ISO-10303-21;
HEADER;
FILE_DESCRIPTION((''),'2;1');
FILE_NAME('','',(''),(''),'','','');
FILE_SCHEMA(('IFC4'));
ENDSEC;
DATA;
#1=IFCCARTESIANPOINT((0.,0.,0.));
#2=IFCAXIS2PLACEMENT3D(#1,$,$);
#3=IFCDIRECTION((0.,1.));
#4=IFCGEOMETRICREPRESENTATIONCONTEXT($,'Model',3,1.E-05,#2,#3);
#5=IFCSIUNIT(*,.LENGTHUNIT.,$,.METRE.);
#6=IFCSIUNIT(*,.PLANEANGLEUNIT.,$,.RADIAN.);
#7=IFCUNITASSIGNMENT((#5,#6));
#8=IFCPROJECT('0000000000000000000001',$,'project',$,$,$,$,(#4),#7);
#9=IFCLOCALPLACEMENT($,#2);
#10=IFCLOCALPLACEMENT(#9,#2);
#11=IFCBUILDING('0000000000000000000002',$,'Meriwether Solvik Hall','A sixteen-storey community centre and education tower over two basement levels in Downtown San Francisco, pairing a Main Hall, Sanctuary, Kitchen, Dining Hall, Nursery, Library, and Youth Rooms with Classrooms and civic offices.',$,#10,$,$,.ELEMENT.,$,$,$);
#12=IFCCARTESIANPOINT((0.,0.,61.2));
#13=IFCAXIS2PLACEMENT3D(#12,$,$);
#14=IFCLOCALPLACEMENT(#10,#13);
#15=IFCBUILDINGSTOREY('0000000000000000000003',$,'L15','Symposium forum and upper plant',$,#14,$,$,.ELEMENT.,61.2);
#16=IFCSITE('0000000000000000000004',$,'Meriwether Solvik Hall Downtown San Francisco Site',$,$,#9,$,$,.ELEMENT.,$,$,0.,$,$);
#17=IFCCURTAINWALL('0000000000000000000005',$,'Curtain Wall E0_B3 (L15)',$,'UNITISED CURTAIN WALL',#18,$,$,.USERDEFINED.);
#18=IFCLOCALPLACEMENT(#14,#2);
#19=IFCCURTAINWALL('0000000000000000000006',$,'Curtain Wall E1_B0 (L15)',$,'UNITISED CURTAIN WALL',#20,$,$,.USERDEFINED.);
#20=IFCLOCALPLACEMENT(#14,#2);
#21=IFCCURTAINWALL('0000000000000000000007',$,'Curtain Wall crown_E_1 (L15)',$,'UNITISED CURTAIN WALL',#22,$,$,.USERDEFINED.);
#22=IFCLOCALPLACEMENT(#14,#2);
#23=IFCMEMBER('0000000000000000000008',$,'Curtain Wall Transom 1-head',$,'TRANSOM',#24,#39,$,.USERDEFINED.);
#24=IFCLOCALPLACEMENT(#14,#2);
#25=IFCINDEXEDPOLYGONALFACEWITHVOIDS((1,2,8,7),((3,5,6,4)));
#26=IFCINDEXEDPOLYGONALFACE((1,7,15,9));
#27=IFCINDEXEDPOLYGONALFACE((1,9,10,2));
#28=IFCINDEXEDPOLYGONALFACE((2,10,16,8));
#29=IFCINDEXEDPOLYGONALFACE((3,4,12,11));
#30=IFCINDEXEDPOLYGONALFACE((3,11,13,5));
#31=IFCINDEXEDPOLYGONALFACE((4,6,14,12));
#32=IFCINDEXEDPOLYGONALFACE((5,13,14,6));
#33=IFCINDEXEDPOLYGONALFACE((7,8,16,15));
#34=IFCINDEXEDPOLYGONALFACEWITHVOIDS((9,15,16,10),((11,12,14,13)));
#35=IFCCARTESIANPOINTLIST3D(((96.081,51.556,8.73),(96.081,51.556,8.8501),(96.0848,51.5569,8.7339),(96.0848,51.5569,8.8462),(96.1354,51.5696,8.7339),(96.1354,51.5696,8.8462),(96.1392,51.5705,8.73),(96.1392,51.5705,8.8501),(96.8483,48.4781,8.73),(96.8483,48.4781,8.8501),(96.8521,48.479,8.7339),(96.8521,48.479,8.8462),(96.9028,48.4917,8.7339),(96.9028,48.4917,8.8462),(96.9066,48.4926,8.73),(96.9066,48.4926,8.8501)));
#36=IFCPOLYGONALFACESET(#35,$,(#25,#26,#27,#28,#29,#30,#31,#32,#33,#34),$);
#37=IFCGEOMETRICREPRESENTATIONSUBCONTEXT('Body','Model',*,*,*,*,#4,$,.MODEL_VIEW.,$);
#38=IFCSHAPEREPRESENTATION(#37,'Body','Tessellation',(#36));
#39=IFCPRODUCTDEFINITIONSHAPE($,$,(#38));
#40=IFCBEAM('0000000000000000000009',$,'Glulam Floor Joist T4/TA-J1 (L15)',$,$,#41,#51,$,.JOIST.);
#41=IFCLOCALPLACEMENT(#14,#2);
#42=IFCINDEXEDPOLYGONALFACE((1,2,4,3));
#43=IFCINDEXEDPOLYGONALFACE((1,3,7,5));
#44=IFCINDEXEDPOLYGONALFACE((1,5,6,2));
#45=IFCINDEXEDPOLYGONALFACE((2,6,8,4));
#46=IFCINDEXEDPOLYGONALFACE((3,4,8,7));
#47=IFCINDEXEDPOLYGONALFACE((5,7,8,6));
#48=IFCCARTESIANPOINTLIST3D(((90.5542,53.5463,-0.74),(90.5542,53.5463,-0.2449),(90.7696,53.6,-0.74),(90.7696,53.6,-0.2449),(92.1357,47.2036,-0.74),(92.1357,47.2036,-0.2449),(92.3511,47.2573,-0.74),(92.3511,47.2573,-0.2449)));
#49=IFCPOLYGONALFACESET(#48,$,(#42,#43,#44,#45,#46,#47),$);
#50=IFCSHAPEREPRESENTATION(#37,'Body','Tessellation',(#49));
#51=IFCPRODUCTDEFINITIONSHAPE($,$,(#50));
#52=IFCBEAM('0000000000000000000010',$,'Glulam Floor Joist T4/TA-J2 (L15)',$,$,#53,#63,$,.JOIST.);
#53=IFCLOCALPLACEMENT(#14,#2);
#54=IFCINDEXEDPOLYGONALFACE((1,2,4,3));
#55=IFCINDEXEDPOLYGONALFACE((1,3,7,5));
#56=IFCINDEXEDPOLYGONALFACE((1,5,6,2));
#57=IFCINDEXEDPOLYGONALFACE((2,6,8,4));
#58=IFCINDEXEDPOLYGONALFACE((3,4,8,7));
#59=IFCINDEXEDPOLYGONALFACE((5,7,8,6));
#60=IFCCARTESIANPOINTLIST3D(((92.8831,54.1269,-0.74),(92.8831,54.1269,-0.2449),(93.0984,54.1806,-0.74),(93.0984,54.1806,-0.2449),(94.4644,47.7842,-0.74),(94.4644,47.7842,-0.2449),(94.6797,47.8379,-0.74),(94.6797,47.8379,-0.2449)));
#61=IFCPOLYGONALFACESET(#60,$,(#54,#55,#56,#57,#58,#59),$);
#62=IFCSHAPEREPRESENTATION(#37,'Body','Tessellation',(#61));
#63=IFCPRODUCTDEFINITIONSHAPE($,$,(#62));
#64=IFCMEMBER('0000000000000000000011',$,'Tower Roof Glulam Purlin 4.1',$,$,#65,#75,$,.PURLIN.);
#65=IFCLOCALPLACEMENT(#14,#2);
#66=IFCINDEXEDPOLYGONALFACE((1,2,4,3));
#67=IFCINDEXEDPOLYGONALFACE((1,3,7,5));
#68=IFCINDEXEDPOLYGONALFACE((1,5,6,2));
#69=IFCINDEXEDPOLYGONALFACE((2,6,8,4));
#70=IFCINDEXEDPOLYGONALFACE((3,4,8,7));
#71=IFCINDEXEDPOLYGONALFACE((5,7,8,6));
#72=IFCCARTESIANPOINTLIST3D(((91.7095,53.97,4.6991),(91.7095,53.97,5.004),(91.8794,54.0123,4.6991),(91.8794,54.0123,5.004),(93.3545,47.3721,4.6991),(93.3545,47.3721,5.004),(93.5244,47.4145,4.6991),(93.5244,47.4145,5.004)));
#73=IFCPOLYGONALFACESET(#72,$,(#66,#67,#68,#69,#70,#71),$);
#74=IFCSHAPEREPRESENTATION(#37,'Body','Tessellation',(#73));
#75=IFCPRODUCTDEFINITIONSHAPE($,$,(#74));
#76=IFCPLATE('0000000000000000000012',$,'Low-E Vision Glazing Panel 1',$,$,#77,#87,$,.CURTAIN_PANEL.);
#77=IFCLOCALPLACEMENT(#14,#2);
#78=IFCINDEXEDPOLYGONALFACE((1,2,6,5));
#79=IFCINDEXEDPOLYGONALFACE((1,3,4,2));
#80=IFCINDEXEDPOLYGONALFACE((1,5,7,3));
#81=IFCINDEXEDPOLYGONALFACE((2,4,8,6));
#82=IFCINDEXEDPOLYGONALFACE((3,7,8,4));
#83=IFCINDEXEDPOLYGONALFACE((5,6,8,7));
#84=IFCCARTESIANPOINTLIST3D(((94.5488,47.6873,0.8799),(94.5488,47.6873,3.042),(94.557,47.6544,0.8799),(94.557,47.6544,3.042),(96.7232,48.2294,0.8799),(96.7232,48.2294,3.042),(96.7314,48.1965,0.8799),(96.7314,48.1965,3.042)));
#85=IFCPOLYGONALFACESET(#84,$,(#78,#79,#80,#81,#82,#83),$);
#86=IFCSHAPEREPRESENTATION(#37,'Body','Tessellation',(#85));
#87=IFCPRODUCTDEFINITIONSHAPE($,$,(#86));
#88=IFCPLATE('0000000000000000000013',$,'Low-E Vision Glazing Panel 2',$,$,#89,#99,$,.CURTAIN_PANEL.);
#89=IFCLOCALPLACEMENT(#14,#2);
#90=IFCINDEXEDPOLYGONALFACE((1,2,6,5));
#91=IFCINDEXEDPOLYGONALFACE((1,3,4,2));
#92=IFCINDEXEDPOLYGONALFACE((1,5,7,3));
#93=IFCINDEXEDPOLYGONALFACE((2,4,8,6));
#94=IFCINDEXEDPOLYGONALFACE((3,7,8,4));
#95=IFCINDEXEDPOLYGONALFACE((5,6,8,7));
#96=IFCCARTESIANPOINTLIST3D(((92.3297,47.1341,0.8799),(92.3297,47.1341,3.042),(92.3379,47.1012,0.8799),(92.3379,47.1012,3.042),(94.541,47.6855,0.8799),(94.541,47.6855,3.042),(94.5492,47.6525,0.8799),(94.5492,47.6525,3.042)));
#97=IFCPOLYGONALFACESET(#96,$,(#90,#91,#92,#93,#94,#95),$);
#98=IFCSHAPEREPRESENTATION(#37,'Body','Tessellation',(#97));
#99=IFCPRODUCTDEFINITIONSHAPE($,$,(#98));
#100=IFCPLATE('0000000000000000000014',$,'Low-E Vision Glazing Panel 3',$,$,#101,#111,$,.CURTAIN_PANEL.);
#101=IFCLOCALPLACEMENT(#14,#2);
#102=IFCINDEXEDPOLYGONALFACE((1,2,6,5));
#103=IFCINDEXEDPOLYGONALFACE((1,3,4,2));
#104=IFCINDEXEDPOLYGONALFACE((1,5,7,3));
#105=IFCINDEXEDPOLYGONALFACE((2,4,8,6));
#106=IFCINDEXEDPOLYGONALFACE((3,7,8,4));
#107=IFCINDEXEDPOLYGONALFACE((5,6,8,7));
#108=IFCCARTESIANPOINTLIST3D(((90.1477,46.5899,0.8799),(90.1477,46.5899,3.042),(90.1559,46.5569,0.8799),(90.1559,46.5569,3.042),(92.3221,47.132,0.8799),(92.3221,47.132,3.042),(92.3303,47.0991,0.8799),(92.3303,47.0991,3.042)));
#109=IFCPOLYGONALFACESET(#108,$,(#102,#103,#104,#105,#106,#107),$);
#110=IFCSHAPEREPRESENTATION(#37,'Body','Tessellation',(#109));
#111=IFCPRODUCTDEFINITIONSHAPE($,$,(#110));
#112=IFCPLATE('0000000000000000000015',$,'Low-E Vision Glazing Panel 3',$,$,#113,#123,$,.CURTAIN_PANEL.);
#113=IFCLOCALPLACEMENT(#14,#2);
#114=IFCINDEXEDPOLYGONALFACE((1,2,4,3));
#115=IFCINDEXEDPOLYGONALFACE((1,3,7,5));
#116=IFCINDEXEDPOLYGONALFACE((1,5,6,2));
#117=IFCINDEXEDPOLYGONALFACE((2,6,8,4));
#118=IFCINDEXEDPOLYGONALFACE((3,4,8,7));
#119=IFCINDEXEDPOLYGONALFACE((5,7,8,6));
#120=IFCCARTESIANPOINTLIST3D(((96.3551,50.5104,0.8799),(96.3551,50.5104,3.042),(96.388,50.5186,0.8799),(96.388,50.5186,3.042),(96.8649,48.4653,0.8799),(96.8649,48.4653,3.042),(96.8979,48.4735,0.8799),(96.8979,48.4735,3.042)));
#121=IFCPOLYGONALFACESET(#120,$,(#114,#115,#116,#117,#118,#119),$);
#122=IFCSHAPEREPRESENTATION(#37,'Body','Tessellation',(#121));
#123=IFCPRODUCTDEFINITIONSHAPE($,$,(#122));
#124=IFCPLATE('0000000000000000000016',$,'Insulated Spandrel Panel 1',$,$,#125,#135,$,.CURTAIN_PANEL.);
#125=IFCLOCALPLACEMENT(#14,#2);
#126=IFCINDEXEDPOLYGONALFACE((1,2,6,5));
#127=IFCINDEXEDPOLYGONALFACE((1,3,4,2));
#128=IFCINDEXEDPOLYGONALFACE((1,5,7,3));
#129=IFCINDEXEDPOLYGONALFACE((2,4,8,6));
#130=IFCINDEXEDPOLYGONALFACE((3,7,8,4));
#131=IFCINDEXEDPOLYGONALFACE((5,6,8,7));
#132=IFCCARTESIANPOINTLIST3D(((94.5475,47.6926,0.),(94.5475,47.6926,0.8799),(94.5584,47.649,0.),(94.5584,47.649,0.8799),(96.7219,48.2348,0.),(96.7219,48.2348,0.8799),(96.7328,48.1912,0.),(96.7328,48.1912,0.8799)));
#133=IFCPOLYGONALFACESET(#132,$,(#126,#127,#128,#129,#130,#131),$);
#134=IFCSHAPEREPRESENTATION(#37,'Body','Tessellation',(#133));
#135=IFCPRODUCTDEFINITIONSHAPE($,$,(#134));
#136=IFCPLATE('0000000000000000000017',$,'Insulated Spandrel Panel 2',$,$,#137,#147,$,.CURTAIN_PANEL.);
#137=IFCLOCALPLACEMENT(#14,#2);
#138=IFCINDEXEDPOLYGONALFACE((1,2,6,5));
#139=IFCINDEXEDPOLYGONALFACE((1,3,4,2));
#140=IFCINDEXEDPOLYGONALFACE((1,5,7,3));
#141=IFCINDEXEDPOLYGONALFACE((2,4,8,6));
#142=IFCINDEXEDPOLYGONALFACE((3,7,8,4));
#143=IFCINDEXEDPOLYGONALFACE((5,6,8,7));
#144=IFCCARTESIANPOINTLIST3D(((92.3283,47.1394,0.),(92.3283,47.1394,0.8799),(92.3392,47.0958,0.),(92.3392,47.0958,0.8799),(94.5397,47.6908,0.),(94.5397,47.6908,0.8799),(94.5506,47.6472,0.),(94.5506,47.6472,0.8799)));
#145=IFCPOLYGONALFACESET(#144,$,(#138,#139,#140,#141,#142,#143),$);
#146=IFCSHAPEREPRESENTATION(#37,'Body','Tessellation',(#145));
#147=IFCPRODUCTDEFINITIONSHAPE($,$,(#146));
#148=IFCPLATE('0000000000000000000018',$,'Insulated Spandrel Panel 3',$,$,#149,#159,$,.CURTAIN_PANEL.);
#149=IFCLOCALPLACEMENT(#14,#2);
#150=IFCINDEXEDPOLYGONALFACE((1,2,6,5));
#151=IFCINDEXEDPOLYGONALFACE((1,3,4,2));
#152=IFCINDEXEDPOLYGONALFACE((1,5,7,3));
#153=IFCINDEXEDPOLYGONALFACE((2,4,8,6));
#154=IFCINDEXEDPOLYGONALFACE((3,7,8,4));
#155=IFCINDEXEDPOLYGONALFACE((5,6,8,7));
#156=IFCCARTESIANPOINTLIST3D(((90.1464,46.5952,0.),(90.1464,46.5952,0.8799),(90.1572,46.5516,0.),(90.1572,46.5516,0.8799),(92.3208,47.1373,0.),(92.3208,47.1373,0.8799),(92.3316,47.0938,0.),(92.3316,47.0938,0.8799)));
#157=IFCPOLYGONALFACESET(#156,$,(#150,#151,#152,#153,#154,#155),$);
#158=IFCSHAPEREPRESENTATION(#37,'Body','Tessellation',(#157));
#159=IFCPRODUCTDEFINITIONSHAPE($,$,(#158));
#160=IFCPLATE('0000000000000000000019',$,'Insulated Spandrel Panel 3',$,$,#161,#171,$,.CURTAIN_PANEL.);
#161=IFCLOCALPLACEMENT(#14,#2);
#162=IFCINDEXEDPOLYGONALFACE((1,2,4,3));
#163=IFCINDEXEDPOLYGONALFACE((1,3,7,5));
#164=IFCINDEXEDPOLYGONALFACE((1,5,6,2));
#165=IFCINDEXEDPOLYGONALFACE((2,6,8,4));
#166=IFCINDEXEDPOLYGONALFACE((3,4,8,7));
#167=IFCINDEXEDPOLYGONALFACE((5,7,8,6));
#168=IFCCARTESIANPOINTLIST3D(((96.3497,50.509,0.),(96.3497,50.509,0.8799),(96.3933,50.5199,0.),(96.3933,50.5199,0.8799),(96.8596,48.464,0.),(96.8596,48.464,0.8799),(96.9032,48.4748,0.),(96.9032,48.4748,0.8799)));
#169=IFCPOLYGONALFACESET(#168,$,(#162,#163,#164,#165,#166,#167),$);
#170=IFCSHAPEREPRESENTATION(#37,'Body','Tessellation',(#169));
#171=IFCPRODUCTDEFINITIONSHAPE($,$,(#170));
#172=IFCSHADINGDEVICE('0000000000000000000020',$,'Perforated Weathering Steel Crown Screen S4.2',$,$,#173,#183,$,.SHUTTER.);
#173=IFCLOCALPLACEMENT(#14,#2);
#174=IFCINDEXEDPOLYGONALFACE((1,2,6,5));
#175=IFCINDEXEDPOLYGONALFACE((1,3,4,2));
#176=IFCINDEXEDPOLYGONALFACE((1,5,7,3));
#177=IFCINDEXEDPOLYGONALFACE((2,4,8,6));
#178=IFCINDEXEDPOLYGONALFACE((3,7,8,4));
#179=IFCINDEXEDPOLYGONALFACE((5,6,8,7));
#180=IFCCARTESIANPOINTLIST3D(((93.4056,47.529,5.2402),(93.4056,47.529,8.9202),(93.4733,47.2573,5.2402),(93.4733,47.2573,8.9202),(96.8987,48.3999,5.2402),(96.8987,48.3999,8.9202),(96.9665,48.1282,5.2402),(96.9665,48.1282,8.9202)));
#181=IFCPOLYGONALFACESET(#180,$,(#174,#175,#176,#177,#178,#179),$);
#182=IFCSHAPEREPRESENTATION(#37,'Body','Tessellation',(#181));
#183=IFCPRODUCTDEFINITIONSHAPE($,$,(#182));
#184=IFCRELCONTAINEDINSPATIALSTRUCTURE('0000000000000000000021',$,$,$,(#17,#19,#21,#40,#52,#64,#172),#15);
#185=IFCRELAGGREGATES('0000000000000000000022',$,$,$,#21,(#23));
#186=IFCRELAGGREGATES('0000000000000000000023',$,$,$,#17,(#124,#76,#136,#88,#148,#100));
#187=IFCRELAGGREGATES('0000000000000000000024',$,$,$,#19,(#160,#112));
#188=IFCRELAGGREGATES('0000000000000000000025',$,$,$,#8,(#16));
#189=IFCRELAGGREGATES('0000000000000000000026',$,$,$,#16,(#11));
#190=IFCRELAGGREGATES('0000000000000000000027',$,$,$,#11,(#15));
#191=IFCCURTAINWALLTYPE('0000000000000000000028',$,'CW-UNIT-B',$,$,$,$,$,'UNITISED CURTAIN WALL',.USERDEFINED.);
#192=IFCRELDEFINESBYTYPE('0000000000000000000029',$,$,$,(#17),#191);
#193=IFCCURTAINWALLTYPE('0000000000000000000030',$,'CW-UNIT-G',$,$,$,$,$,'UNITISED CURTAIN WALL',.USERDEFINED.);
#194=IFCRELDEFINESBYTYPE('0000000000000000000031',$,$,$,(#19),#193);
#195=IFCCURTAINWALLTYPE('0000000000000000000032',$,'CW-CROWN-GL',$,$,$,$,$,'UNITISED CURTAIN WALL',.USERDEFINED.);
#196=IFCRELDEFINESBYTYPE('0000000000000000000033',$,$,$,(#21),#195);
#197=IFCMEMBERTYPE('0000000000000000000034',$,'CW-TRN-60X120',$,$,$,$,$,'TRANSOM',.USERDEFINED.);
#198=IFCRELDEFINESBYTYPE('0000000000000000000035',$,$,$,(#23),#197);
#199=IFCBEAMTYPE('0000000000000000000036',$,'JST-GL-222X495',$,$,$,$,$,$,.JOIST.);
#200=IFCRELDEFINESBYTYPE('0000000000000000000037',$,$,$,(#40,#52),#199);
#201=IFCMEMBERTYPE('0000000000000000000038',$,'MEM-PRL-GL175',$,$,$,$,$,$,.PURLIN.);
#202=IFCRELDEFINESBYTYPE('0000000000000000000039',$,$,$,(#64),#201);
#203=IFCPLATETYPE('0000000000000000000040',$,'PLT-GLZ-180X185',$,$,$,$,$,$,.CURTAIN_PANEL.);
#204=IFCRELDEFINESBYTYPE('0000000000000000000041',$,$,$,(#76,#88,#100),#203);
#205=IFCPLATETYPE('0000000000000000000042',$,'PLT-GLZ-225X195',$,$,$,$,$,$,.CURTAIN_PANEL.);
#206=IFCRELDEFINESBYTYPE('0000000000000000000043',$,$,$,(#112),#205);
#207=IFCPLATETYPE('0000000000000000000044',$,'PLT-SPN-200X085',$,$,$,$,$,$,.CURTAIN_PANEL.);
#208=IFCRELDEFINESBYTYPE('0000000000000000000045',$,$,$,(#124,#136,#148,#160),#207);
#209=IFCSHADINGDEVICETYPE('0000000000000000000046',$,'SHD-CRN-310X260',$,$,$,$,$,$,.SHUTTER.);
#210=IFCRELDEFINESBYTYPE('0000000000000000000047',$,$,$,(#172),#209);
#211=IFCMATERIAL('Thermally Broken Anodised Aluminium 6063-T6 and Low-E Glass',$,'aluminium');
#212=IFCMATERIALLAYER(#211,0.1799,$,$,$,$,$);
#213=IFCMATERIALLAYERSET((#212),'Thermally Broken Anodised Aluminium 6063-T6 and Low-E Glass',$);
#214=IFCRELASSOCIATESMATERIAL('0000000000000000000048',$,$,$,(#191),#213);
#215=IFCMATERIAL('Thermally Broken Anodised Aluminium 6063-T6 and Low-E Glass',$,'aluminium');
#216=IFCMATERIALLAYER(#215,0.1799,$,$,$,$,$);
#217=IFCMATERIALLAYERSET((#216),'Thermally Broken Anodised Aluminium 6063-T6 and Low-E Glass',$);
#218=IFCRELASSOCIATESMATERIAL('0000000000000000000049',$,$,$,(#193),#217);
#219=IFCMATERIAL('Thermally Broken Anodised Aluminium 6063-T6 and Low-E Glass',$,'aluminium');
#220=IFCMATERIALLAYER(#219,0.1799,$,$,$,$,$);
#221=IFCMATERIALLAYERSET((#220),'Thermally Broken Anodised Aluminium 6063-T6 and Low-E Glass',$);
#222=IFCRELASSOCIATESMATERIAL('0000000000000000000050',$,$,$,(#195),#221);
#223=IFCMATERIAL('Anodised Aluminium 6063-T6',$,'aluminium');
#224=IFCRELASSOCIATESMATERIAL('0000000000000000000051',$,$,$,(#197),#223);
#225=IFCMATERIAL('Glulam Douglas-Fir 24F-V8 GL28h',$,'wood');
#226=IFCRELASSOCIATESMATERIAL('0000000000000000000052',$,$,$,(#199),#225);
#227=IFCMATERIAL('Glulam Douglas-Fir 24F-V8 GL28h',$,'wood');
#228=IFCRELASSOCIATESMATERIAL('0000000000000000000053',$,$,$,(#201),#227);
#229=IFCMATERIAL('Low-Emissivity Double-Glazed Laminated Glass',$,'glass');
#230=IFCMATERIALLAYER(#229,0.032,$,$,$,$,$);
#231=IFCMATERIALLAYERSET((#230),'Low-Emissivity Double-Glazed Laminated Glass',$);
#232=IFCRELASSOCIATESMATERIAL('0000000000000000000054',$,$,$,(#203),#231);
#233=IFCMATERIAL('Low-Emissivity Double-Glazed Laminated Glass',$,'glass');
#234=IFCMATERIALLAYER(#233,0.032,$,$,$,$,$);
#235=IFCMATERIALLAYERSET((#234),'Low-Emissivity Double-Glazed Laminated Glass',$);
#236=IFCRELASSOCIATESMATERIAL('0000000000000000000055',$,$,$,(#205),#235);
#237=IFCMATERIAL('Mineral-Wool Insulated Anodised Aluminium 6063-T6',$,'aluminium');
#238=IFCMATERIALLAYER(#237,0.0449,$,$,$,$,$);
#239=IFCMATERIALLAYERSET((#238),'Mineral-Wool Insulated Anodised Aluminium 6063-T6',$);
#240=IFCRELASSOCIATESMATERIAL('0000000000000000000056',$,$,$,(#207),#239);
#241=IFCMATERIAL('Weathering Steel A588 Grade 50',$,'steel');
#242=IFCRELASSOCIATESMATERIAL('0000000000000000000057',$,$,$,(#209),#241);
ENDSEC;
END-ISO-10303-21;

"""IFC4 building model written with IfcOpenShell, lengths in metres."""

from ifc_helpers import new_model, si_unit, direction, frame, origin, origin_2d, place, context, subcontext, project, spatial, rectangle, hollow_rectangle, extrude, material, layer, layer_set, material_profile, profile_set, type_object, element, aggregate, save


model = new_model("IFC4")

# Units and contexts
model_context = context("Model", 3, precision=1e-05, world=origin(), true_north=direction((0.0, 1.0)))
body_context = subcontext(model_context, "Body", "Model", "MODEL_VIEW")
ifc_project = project(units=[si_unit("LENGTHUNIT", "METRE"), si_unit("PLANEANGLEUNIT", "RADIAN")], contexts=[model_context])

# Site, building, storey
site_placement = place(None, origin())
site = spatial("IfcSite", under=ifc_project, at=site_placement, Name="Meriwether Solvik Hall Downtown San Francisco Site", CompositionType="ELEMENT", RefElevation=0.0)
building_placement = place(site_placement, origin())
building = spatial("IfcBuilding", under=site, at=building_placement, Name="Meriwether Solvik Hall", Description="A sixteen-storey community centre and education tower over two basement levels in Downtown San Francisco, pairing a Main Hall, Sanctuary, Kitchen, Dining Hall, Nursery, Library, and Youth Rooms with Classrooms and civic offices.", CompositionType="ELEMENT")
storey_placement = place(building_placement, frame((0.0, 0.0, 61.2)))
storey = spatial("IfcBuildingStorey", under=building, at=storey_placement, Name="L15", Description="Symposium forum and upper plant", CompositionType="ELEMENT", Elevation=61.2)

# Curtain wall
ifc_material_1 = material(Name="Thermally Broken Anodised Aluminium 6063-T6 and Low-E Glass", Category="aluminium")
ifc_layer_1 = layer(ifc_material_1, 0.1799)
ifc_layer_set_1 = layer_set([ifc_layer_1], Name="Thermally Broken Anodised Aluminium 6063-T6 and Low-E Glass")
curtain_wall_type_1 = type_object("IfcCurtainWallType", Name="CW-UNIT-B", ElementType="UNITISED CURTAIN WALL", PredefinedType="USERDEFINED", material=ifc_layer_set_1)
curtain_wall_1_placement = place(storey_placement, origin())
curtain_wall_1 = element("IfcCurtainWall", 1, at=curtain_wall_1_placement, inside=storey, type_object=curtain_wall_type_1, Name="Curtain Wall E0_B3 (L15)", ObjectType="UNITISED CURTAIN WALL", PredefinedType="USERDEFINED")

# Curtain walls
ifc_material_2 = material(Name="Thermally Broken Anodised Aluminium 6063-T6 and Low-E Glass", Category="aluminium")
ifc_layer_2 = layer(ifc_material_2, 0.1799)
ifc_layer_set_2 = layer_set([ifc_layer_2], Name="Thermally Broken Anodised Aluminium 6063-T6 and Low-E Glass")
curtain_wall_type_2 = type_object("IfcCurtainWallType", Name="CW-UNIT-G", ElementType="UNITISED CURTAIN WALL", PredefinedType="USERDEFINED", material=ifc_layer_set_2)
curtain_wall_2_placement = place(storey_placement, origin())
curtain_wall_2 = element("IfcCurtainWall", 2, at=curtain_wall_2_placement, inside=storey, type_object=curtain_wall_type_2, Name="Curtain Wall E1_B0 (L15)", ObjectType="UNITISED CURTAIN WALL", PredefinedType="USERDEFINED")
ifc_material_3 = material(Name="Thermally Broken Anodised Aluminium 6063-T6 and Low-E Glass", Category="aluminium")
ifc_layer_3 = layer(ifc_material_3, 0.1799)
ifc_layer_set_3 = layer_set([ifc_layer_3], Name="Thermally Broken Anodised Aluminium 6063-T6 and Low-E Glass")
curtain_wall_type_3 = type_object("IfcCurtainWallType", Name="CW-CROWN-GL", ElementType="UNITISED CURTAIN WALL", PredefinedType="USERDEFINED", material=ifc_layer_set_3)
curtain_wall_3_placement = place(storey_placement, origin())
curtain_wall_3 = element("IfcCurtainWall", 3, at=curtain_wall_3_placement, inside=storey, type_object=curtain_wall_type_3, Name="Curtain Wall crown_E_1 (L15)", ObjectType="UNITISED CURTAIN WALL", PredefinedType="USERDEFINED")

# Member
ifc_material_4 = material(Name="Anodised Aluminium 6063-T6", Category="aluminium")
ifc_material_profile_1 = material_profile(ifc_material_4, hollow_rectangle(XDim=0.0601, YDim=0.1201, WallThickness=0.0039, at=origin_2d()), Name="CWT-60X120")
ifc_profile_set_1 = profile_set([ifc_material_profile_1], Name="Anodised Aluminium 6063-T6")
member_type_1 = type_object("IfcMemberType", Name="CW-TRN-60X120", ElementType="TRANSOM", PredefinedType="USERDEFINED", material=ifc_profile_set_1)
member_1_placement = place(storey_placement, frame((96.8774, 48.4854, 8.79), z_axis=(-0.241902, 0.970301, 0.0), x_axis=(-0.970301, -0.241902, 0.0)))
member_1 = element("IfcMember", 4, at=member_1_placement, type_object=member_type_1, Name="Curtain Wall Transom 1-head", ObjectType="TRANSOM", PredefinedType="USERDEFINED", context=body_context, shape_type="SweptSolid", body=[
    extrude(hollow_rectangle(XDim=0.0601, YDim=0.1201, WallThickness=0.0039, at=origin_2d()), origin(), (0.0, 0.0, 1.0), 3.1721),
])
aggregate(curtain_wall_3, [member_1])

# Beams
ifc_material_5 = material(Name="Glulam Douglas-Fir 24F-V8 GL28h", Category="wood")
ifc_material_profile_2 = material_profile(ifc_material_5, rectangle(XDim=0.2219, YDim=0.4951, at=origin_2d()), Name="GLJ-222X495")
ifc_profile_set_2 = profile_set([ifc_material_profile_2], Name="Glulam Douglas-Fir 24F-V8 GL28h")
beam_type_1 = type_object("IfcBeamType", Name="JST-GL-222X495", PredefinedType="JOIST", material=ifc_profile_set_2)
for number, where, z_axis, x_axis, name in (
    (5, (92.2434, 47.2305, -0.4924), (-0.241938, 0.970292, 0.0), (-0.970292, -0.241938, 0.0), "Glulam Floor Joist T4/TA-J1 (L15)"),
    (6, (94.572, 47.811, -0.4924), (-0.241903, 0.9703, 0.0), (-0.9703, -0.241903, 0.0), "Glulam Floor Joist T4/TA-J2 (L15)"),
):
    element("IfcBeam", number, at=place(storey_placement, frame(where, z_axis=z_axis, x_axis=x_axis)), inside=storey, type_object=beam_type_1, Name=name, PredefinedType="JOIST", context=body_context, shape_type="SweptSolid", body=[
        extrude(rectangle(XDim=0.2219, YDim=0.4951, at=origin_2d()), origin(), (0.0, 0.0, 1.0), 6.5369),
    ])

# Member
ifc_material_6 = material(Name="Glulam Douglas-Fir 24F-V8 GL28h", Category="wood")
ifc_material_profile_3 = material_profile(ifc_material_6, rectangle(XDim=0.175, YDim=0.3049, at=origin_2d()), Name="GLM-175X305")
ifc_profile_set_3 = profile_set([ifc_material_profile_3], Name="Glulam Douglas-Fir 24F-V8 GL28h")
member_type_2 = type_object("IfcMemberType", Name="MEM-PRL-GL175", PredefinedType="PURLIN", material=ifc_profile_set_3)
member_2_placement = place(storey_placement, frame((93.4395, 47.3933, 4.8516), z_axis=(-0.241919, 0.970296, 0.0), x_axis=(-0.970296, -0.241919, 0.0)))
element("IfcMember", 7, at=member_2_placement, inside=storey, type_object=member_type_2, Name="Tower Roof Glulam Purlin 4.1", PredefinedType="PURLIN", context=body_context, shape_type="SweptSolid", body=[
    extrude(rectangle(XDim=0.175, YDim=0.3049, at=origin_2d()), origin(), (0.0, 0.0, 1.0), 6.7998),
])

# Plates
ifc_material_7 = material(Name="Low-Emissivity Double-Glazed Laminated Glass", Category="glass")
ifc_layer_4 = layer(ifc_material_7, 0.032)
ifc_layer_set_4 = layer_set([ifc_layer_4], Name="Low-Emissivity Double-Glazed Laminated Glass")
plate_type_1 = type_object("IfcPlateType", Name="PLT-GLZ-180X185", PredefinedType="CURTAIN_PANEL", material=ifc_layer_set_4)
plate_1_placement = place(storey_placement, frame((95.6401, 47.9419, 0.8799), z_axis=(0.0, 0.0, 1.0), x_axis=(-0.970296, -0.241922, 0.0)))
plate_1 = element("IfcPlate", 8, at=plate_1_placement, type_object=plate_type_1, Name="Low-E Vision Glazing Panel 1", PredefinedType="CURTAIN_PANEL", context=body_context, shape_type="SweptSolid", body=[
    extrude(rectangle(XDim=2.241, YDim=0.0339, at=origin_2d()), origin(), (0.0, 0.0, 1.0), 2.1621),
])
plate_2_placement = place(storey_placement, frame((93.4395, 47.3933, 0.8799), z_axis=(0.0, 0.0, 1.0), x_axis=(-0.970296, -0.241922, 0.0)))
plate_2 = element("IfcPlate", 9, at=plate_2_placement, type_object=plate_type_1, Name="Low-E Vision Glazing Panel 2", PredefinedType="CURTAIN_PANEL", context=body_context, shape_type="SweptSolid", body=[
    extrude(rectangle(XDim=2.2791, YDim=0.0339, at=origin_2d()), origin(), (0.0, 0.0, 1.0), 2.1621),
])
plate_3_placement = place(storey_placement, frame((91.239, 46.8445, 0.8799), z_axis=(0.0, 0.0, 1.0), x_axis=(-0.970296, -0.241922, 0.0)))
plate_3 = element("IfcPlate", 10, at=plate_3_placement, type_object=plate_type_1, Name="Low-E Vision Glazing Panel 3", PredefinedType="CURTAIN_PANEL", context=body_context, shape_type="SweptSolid", body=[
    extrude(rectangle(XDim=2.241, YDim=0.0339, at=origin_2d()), origin(), (0.0, 0.0, 1.0), 2.1621),
])
ifc_material_8 = material(Name="Low-Emissivity Double-Glazed Laminated Glass", Category="glass")
ifc_layer_5 = layer(ifc_material_8, 0.032)
ifc_layer_set_5 = layer_set([ifc_layer_5], Name="Low-Emissivity Double-Glazed Laminated Glass")
plate_type_2 = type_object("IfcPlateType", Name="PLT-GLZ-225X195", PredefinedType="CURTAIN_PANEL", material=ifc_layer_set_5)
plate_4_placement = place(storey_placement, frame((96.6265, 49.4919, 0.8799), z_axis=(0.0, 0.0, 1.0), x_axis=(0.241922, -0.970296, 0.0)))
plate_4 = element("IfcPlate", 11, at=plate_4_placement, type_object=plate_type_2, Name="Low-E Vision Glazing Panel 3", PredefinedType="CURTAIN_PANEL", context=body_context, shape_type="SweptSolid", body=[
    extrude(rectangle(XDim=2.1077, YDim=0.0339, at=origin_2d()), origin(), (0.0, 0.0, 1.0), 2.1621),
])
ifc_material_9 = material(Name="Mineral-Wool Insulated Anodised Aluminium 6063-T6", Category="aluminium")
ifc_layer_6 = layer(ifc_material_9, 0.0449)
ifc_layer_set_6 = layer_set([ifc_layer_6], Name="Mineral-Wool Insulated Anodised Aluminium 6063-T6")
plate_type_3 = type_object("IfcPlateType", Name="PLT-SPN-200X085", PredefinedType="CURTAIN_PANEL", material=ifc_layer_set_6)
plate_5_placement = place(storey_placement, frame((95.6401, 47.9419, 0.0), z_axis=(0.0, 0.0, 1.0), x_axis=(-0.970296, -0.241922, 0.0)))
plate_5 = element("IfcPlate", 12, at=plate_5_placement, type_object=plate_type_3, Name="Insulated Spandrel Panel 1", PredefinedType="CURTAIN_PANEL", context=body_context, shape_type="SweptSolid", body=[
    extrude(rectangle(XDim=2.241, YDim=0.0449, at=origin_2d()), origin(), (0.0, 0.0, 1.0), 0.8799),
])
plate_6_placement = place(storey_placement, frame((93.4395, 47.3933, 0.0), z_axis=(0.0, 0.0, 1.0), x_axis=(-0.970296, -0.241922, 0.0)))
plate_6 = element("IfcPlate", 13, at=plate_6_placement, type_object=plate_type_3, Name="Insulated Spandrel Panel 2", PredefinedType="CURTAIN_PANEL", context=body_context, shape_type="SweptSolid", body=[
    extrude(rectangle(XDim=2.2791, YDim=0.0449, at=origin_2d()), origin(), (0.0, 0.0, 1.0), 0.8799),
])
plate_7_placement = place(storey_placement, frame((91.239, 46.8445, 0.0), z_axis=(0.0, 0.0, 1.0), x_axis=(-0.970296, -0.241922, 0.0)))
plate_7 = element("IfcPlate", 14, at=plate_7_placement, type_object=plate_type_3, Name="Insulated Spandrel Panel 3", PredefinedType="CURTAIN_PANEL", context=body_context, shape_type="SweptSolid", body=[
    extrude(rectangle(XDim=2.241, YDim=0.0449, at=origin_2d()), origin(), (0.0, 0.0, 1.0), 0.8799),
])
aggregate(curtain_wall_1, [plate_5, plate_1, plate_6, plate_2, plate_7, plate_3])
plate_8_placement = place(storey_placement, frame((96.6265, 49.4919, 0.0), z_axis=(0.0, 0.0, 1.0), x_axis=(0.241922, -0.970296, 0.0)))
plate_8 = element("IfcPlate", 15, at=plate_8_placement, type_object=plate_type_3, Name="Insulated Spandrel Panel 3", PredefinedType="CURTAIN_PANEL", context=body_context, shape_type="SweptSolid", body=[
    extrude(rectangle(XDim=2.1077, YDim=0.0449, at=origin_2d()), origin(), (0.0, 0.0, 1.0), 0.8799),
])
aggregate(curtain_wall_2, [plate_8, plate_4])

# Shading device
ifc_material_10 = material(Name="Weathering Steel A588 Grade 50", Category="steel")
shading_device_type_1 = type_object("IfcShadingDeviceType", Name="SHD-CRN-310X260", PredefinedType="SHUTTER", material=ifc_material_10)
shading_device_1_placement = place(storey_placement, frame((95.186, 47.8286, 5.2402), z_axis=(0.0, 0.0, 1.0), x_axis=(0.970296, 0.241922, 0.0)))
element("IfcShadingDevice", 16, at=shading_device_1_placement, inside=storey, type_object=shading_device_type_1, Name="Perforated Weathering Steel Crown Screen S4.2", PredefinedType="SHUTTER", context=body_context, shape_type="SweptSolid", body=[
    extrude(rectangle(XDim=3.6001, YDim=0.28, at=origin_2d()), origin(), (0.0, 0.0, 1.0), 3.6799),
])

save(model, "model.ifc")
